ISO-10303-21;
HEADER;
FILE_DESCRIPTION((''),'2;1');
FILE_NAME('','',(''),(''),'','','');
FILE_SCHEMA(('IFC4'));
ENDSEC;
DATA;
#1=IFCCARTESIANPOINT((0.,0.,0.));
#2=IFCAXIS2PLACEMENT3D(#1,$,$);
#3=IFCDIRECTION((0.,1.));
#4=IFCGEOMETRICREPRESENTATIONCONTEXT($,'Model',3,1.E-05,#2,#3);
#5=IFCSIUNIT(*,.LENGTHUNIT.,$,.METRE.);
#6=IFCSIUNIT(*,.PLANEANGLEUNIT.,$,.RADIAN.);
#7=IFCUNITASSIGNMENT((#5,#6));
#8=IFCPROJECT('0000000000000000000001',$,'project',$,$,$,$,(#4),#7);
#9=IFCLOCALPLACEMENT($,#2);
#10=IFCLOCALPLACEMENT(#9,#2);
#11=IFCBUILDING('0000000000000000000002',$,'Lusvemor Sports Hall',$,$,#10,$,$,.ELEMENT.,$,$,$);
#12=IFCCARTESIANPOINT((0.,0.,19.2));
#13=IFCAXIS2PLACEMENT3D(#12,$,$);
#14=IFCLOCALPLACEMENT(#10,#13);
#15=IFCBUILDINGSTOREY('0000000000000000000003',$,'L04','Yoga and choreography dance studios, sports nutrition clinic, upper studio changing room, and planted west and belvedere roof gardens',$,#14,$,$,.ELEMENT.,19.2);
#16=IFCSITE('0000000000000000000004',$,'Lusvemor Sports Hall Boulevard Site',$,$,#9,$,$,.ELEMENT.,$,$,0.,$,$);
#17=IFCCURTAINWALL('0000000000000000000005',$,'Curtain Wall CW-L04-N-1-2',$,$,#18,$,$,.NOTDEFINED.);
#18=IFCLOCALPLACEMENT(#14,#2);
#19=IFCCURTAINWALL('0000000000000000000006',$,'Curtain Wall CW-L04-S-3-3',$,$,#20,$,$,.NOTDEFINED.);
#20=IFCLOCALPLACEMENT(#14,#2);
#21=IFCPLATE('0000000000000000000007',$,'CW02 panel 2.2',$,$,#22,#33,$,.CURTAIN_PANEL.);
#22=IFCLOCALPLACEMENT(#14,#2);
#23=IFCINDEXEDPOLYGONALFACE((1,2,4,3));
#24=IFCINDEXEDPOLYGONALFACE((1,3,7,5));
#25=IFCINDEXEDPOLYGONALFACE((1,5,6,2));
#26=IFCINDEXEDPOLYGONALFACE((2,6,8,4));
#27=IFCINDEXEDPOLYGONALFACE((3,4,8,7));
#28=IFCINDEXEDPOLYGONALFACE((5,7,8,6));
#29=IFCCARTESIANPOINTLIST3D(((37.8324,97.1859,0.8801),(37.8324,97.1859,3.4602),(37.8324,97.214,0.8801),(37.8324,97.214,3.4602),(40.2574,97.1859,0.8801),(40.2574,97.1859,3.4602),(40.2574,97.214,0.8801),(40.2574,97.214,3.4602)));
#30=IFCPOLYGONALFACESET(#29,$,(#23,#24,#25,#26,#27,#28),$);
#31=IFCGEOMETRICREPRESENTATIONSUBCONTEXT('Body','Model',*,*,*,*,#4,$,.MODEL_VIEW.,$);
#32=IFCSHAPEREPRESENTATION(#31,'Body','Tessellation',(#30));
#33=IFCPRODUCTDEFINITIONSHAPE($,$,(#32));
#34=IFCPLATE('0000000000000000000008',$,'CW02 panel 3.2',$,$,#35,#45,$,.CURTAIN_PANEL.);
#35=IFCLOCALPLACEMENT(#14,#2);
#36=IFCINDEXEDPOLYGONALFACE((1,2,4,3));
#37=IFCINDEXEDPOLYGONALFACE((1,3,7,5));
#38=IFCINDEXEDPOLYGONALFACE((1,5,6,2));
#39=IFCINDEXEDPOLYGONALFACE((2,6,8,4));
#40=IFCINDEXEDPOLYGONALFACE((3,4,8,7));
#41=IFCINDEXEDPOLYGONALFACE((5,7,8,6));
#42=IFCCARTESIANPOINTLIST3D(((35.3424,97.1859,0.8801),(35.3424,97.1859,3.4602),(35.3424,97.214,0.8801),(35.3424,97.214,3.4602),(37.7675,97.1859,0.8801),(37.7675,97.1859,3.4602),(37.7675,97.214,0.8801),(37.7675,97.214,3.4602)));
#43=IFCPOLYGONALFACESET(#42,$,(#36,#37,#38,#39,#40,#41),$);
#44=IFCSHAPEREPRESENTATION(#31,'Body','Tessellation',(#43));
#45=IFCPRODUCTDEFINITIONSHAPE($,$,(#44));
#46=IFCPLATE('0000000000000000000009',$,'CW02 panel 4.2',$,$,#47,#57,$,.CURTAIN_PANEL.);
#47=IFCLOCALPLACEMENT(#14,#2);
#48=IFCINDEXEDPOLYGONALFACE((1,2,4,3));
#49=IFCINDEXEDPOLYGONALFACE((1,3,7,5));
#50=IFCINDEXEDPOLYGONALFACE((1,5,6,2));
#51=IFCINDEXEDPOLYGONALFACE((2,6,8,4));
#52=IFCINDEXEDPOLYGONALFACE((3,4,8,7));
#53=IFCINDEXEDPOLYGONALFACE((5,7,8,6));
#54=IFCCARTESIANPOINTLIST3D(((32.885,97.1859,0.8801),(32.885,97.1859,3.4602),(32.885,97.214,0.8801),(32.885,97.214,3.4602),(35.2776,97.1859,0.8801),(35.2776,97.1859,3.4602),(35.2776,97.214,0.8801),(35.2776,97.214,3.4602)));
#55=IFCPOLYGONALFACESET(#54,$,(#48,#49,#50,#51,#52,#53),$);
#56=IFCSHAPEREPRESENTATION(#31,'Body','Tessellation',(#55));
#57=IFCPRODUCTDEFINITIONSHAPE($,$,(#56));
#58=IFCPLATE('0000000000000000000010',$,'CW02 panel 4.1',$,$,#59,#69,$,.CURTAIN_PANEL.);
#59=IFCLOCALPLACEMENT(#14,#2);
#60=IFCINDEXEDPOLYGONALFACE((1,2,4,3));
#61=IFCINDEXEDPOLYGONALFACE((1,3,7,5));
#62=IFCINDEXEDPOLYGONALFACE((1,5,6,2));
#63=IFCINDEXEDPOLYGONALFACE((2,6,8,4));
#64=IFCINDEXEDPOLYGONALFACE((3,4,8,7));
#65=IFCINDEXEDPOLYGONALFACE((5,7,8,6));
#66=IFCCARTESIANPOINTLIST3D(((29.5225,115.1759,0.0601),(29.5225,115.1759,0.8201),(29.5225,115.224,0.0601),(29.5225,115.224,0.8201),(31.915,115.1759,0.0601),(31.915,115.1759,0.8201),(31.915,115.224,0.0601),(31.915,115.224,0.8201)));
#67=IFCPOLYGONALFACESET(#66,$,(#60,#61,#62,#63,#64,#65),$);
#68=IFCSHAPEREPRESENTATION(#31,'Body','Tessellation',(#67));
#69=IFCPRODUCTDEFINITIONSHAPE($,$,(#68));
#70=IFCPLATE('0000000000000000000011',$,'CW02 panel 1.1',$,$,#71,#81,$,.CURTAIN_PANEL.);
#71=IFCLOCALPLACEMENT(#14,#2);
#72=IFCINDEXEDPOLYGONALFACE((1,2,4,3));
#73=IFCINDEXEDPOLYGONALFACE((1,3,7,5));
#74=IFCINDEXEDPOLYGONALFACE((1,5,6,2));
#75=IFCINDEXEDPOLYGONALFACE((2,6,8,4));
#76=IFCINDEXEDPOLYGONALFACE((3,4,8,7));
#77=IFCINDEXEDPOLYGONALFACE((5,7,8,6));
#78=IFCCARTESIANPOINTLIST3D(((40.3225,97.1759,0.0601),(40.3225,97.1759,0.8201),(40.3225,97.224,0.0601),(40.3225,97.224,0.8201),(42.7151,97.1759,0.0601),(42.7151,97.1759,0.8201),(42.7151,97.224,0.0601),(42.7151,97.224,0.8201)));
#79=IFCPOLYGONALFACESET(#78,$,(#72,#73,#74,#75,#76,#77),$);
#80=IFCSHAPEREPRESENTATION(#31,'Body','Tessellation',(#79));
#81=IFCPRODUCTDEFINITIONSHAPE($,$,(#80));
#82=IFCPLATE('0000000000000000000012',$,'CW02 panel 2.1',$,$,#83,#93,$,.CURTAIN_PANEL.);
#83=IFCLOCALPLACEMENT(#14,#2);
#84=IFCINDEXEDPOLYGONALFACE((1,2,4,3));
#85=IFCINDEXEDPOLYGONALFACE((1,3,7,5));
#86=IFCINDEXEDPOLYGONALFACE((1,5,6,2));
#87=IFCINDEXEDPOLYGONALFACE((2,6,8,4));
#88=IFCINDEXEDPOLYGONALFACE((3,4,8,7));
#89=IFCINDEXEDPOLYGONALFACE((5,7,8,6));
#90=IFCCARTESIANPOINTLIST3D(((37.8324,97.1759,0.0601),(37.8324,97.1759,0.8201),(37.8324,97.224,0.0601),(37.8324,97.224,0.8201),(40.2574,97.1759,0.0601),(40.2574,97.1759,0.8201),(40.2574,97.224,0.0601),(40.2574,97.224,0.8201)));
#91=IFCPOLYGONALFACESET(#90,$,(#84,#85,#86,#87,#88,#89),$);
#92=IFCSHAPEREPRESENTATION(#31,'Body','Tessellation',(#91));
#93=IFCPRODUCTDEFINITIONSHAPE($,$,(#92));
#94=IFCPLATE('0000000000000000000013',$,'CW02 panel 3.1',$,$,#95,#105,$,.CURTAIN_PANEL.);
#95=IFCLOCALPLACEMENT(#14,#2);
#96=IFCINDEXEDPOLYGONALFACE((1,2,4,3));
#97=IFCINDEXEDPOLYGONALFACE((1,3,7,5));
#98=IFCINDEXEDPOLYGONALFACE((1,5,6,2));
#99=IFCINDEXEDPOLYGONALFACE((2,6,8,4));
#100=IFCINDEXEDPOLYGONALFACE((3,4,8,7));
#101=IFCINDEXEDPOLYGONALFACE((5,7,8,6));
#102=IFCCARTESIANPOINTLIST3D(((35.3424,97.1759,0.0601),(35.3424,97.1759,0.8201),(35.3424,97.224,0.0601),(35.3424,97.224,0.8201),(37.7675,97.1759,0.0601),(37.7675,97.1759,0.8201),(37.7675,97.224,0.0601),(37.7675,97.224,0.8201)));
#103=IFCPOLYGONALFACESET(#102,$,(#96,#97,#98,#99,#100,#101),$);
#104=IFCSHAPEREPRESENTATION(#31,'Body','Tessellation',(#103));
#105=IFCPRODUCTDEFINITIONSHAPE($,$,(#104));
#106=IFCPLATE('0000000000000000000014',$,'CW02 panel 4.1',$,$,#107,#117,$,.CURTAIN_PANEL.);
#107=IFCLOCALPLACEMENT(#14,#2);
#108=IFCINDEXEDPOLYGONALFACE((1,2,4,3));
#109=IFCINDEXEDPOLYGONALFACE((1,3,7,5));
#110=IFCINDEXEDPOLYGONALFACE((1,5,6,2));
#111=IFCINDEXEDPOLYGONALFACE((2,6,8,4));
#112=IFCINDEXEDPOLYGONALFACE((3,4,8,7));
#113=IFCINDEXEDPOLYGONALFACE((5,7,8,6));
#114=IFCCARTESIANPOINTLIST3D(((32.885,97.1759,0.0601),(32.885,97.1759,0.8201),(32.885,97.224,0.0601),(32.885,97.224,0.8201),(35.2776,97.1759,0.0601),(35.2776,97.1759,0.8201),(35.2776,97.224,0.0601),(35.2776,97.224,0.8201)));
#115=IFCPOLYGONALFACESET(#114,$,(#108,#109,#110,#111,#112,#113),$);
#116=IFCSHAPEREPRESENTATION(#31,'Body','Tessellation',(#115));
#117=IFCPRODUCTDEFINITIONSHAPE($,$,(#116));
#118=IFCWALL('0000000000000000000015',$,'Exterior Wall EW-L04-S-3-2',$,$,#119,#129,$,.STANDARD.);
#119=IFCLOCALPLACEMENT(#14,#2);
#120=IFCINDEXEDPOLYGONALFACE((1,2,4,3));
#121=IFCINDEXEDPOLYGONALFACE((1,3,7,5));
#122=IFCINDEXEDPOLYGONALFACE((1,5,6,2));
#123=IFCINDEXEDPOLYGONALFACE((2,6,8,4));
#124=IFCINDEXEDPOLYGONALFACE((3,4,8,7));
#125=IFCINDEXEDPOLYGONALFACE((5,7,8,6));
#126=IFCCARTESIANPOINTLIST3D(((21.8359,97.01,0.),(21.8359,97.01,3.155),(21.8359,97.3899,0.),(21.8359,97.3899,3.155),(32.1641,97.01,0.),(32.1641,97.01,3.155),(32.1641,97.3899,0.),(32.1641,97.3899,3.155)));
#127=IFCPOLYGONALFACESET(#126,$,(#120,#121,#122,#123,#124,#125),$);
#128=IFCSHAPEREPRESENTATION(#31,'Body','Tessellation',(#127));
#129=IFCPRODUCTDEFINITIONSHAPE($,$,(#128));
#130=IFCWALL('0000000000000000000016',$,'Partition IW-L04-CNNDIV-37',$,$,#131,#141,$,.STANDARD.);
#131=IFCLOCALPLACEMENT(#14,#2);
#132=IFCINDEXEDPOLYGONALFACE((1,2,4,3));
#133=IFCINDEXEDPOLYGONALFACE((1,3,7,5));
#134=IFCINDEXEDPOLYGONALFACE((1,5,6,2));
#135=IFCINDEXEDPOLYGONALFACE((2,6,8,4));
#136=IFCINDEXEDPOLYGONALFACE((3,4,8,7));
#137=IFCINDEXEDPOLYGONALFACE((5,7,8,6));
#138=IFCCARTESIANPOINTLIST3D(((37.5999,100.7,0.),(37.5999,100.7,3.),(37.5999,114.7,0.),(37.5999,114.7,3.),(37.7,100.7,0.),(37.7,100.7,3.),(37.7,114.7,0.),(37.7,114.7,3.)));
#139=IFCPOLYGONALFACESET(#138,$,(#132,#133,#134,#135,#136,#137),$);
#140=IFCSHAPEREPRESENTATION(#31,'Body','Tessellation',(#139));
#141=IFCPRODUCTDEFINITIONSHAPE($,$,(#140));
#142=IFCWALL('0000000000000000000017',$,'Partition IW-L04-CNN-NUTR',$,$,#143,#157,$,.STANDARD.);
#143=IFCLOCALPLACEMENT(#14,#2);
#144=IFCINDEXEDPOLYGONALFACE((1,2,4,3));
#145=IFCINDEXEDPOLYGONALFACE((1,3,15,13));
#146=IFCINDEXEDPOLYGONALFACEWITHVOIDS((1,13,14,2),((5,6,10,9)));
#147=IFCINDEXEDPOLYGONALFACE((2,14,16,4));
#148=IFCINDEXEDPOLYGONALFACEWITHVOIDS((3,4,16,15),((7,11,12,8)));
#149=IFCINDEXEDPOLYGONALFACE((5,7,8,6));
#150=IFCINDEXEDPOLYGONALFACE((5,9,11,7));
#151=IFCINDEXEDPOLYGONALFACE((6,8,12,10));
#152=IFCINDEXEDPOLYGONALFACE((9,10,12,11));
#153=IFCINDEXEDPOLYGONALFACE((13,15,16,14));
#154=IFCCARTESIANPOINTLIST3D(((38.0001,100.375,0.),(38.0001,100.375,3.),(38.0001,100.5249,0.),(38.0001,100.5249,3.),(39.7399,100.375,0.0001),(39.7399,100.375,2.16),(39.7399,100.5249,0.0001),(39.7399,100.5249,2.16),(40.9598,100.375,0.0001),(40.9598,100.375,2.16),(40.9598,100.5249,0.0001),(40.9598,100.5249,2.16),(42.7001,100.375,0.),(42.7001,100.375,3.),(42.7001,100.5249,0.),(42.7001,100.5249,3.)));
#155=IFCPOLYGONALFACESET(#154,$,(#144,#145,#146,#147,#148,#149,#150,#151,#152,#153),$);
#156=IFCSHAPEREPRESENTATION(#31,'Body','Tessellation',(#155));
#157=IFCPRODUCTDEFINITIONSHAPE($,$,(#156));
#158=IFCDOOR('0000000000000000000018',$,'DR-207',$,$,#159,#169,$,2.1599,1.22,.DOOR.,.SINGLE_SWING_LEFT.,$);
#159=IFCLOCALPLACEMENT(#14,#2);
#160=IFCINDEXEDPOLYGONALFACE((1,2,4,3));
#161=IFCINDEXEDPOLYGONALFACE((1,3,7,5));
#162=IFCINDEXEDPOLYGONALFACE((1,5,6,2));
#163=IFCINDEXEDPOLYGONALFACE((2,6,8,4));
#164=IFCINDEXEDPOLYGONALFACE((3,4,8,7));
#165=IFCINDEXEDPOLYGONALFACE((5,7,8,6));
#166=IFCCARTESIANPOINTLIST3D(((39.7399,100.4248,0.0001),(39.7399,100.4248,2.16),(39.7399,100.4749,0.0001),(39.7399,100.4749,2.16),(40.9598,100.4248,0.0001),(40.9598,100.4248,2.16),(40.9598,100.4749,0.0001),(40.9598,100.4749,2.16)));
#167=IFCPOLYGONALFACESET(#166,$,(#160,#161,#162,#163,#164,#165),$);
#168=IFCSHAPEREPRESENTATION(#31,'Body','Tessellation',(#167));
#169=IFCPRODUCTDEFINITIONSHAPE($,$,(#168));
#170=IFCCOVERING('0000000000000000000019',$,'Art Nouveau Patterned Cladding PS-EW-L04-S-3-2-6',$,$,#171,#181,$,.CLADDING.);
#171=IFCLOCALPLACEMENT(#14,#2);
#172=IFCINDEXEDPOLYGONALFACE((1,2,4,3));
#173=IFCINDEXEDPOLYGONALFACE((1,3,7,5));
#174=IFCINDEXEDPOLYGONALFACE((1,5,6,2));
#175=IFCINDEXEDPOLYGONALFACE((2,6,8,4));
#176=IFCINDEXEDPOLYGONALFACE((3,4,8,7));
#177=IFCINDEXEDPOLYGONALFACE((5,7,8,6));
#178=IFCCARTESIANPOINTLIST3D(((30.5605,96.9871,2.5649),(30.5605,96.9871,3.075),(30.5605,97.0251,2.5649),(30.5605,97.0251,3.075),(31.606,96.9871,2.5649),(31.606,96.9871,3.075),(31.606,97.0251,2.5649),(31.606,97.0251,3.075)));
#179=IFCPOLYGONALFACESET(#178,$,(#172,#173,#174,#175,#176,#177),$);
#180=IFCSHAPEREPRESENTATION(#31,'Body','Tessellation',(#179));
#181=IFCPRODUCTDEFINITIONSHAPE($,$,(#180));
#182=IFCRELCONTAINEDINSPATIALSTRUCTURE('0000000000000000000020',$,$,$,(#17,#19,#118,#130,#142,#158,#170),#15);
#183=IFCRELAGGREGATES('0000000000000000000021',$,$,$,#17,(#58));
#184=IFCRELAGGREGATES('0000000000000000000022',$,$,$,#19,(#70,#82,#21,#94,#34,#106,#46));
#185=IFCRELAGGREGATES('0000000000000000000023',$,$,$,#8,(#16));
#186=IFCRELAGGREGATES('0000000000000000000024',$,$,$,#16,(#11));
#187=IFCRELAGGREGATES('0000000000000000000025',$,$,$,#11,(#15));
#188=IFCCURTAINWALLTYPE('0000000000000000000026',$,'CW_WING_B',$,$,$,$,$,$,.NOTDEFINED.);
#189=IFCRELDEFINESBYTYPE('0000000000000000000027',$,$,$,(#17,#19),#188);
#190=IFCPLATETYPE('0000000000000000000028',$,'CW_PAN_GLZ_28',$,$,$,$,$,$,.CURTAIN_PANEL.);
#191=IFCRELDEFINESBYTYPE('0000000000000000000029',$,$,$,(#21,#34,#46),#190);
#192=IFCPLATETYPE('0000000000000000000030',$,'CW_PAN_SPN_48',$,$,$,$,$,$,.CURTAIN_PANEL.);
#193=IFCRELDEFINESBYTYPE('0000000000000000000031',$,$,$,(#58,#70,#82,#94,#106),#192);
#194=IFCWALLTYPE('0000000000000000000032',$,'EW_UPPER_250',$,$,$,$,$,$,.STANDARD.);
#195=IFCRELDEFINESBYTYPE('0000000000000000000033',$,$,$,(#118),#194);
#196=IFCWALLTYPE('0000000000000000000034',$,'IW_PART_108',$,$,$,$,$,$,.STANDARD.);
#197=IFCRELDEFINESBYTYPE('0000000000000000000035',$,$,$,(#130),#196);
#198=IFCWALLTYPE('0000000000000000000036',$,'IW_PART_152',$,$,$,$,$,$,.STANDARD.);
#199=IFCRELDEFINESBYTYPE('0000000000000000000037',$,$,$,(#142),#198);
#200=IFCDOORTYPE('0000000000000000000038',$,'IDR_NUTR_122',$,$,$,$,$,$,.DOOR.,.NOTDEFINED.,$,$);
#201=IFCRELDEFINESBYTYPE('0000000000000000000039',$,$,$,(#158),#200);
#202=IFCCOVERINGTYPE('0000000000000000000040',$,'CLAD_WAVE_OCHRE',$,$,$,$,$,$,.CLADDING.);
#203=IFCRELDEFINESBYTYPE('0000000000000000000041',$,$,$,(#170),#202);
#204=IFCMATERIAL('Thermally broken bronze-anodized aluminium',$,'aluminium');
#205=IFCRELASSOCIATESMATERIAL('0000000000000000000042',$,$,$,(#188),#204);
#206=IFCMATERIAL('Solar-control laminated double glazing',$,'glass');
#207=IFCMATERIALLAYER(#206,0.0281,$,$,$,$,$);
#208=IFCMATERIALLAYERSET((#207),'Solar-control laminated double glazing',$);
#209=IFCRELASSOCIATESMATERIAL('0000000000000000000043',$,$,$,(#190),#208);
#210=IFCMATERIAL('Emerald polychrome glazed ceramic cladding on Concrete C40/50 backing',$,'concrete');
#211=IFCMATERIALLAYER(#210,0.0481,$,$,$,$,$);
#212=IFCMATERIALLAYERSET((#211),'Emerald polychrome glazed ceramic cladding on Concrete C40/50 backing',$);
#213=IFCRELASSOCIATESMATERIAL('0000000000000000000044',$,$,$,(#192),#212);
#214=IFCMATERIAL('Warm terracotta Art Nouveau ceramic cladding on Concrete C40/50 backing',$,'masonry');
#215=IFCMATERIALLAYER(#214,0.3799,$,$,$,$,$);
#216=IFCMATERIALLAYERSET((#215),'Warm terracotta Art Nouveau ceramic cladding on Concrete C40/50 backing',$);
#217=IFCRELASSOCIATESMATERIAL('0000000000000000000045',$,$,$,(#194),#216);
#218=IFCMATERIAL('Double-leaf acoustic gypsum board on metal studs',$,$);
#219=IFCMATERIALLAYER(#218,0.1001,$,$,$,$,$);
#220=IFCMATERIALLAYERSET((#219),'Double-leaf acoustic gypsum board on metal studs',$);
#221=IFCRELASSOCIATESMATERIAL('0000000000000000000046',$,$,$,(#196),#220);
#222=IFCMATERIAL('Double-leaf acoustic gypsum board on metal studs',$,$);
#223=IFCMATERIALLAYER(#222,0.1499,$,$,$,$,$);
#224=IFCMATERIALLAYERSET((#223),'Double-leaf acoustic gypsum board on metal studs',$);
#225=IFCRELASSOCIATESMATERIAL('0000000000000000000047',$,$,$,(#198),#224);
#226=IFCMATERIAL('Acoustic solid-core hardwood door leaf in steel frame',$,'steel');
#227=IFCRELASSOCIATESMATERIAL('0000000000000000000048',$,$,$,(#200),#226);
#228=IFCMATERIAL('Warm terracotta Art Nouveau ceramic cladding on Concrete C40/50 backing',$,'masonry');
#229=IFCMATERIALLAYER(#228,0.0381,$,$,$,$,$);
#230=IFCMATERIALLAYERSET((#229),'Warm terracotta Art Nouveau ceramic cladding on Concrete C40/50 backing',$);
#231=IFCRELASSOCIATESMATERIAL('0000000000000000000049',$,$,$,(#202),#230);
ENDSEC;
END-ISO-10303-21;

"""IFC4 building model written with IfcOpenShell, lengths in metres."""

from ifc_helpers import new_model, si_unit, direction, frame, frame_2d, origin, origin_2d, place, context, subcontext, project, spatial, rectangle, extrude, material, layer, layer_set, type_object, element, fill, aggregate, save


model = new_model("IFC4")

# Units and contexts
model_context = context("Model", 3, precision=1e-05, world=origin(), true_north=direction((0.0, 1.0)))
body_context = subcontext(model_context, "Body", "Model", "MODEL_VIEW")
ifc_project = project(units=[si_unit("LENGTHUNIT", "METRE"), si_unit("PLANEANGLEUNIT", "RADIAN")], contexts=[model_context])

# Site, building, storey
site_placement = place(None, origin())
site = spatial("IfcSite", under=ifc_project, at=site_placement, Name="Lusvemor Sports Hall Boulevard Site", CompositionType="ELEMENT", RefElevation=0.0)
building_placement = place(site_placement, origin())
building = spatial("IfcBuilding", under=site, at=building_placement, Name="Lusvemor Sports Hall", CompositionType="ELEMENT")
storey_placement = place(building_placement, frame((0.0, 0.0, 19.2)))
storey = spatial("IfcBuildingStorey", under=building, at=storey_placement, Name="L04", Description="Yoga and choreography dance studios, sports nutrition clinic, upper studio changing room, and planted west and belvedere roof gardens", CompositionType="ELEMENT", Elevation=19.2)

# Curtain wall
ifc_material_1 = material(Name="Thermally broken bronze-anodized aluminium", Category="aluminium")
curtain_wall_type = type_object("IfcCurtainWallType", Name="CW_WING_B", PredefinedType="NOTDEFINED", material=ifc_material_1)
curtain_wall_1_placement = place(storey_placement, origin())
curtain_wall_1 = element("IfcCurtainWall", 1, at=curtain_wall_1_placement, inside=storey, type_object=curtain_wall_type, Name="Curtain Wall CW-L04-N-1-2", PredefinedType="NOTDEFINED")

# Curtain wall
curtain_wall_2_placement = place(storey_placement, origin())
curtain_wall_2 = element("IfcCurtainWall", 2, at=curtain_wall_2_placement, inside=storey, type_object=curtain_wall_type, Name="Curtain Wall CW-L04-S-3-3", PredefinedType="NOTDEFINED")

# Plates
ifc_material_2 = material(Name="Solar-control laminated double glazing", Category="glass")
ifc_layer_1 = layer(ifc_material_2, 0.0281)
ifc_layer_set_1 = layer_set([ifc_layer_1], Name="Solar-control laminated double glazing")
plate_type_1 = type_object("IfcPlateType", Name="CW_PAN_GLZ_28", PredefinedType="CURTAIN_PANEL", material=ifc_layer_set_1)
plate_1_placement = place(storey_placement, frame((39.0449, 97.2, 0.8801), z_axis=(0.0, 0.0, 1.0), x_axis=(-1.0, 0.0, 0.0)))
plate_1 = element("IfcPlate", 3, at=plate_1_placement, type_object=plate_type_1, Name="CW02 panel 2.2", PredefinedType="CURTAIN_PANEL", context=body_context, shape_type="SweptSolid", body=[
    extrude(rectangle(XDim=2.425, YDim=0.0281, at=origin_2d()), origin(), (0.0, 0.0, 1.0), 2.5801),
])
plate_2_placement = place(storey_placement, frame((36.5549, 97.2, 0.8801), z_axis=(0.0, 0.0, 1.0), x_axis=(-1.0, 0.0, 0.0)))
plate_2 = element("IfcPlate", 4, at=plate_2_placement, type_object=plate_type_1, Name="CW02 panel 3.2", PredefinedType="CURTAIN_PANEL", context=body_context, shape_type="SweptSolid", body=[
    extrude(rectangle(XDim=2.425, YDim=0.0281, at=origin_2d()), origin(), (0.0, 0.0, 1.0), 2.5801),
])
plate_3_placement = place(storey_placement, frame((34.0813, 97.2, 0.8801), z_axis=(0.0, 0.0, 1.0), x_axis=(-1.0, 0.0, 0.0)))
plate_3 = element("IfcPlate", 5, at=plate_3_placement, type_object=plate_type_1, Name="CW02 panel 4.2", PredefinedType="CURTAIN_PANEL", context=body_context, shape_type="SweptSolid", body=[
    extrude(rectangle(XDim=2.3926, YDim=0.0281, at=origin_2d()), origin(), (0.0, 0.0, 1.0), 2.5801),
])
ifc_material_3 = material(Name="Emerald polychrome glazed ceramic cladding on Concrete C40/50 backing", Category="concrete")
ifc_layer_2 = layer(ifc_material_3, 0.0481)
ifc_layer_set_2 = layer_set([ifc_layer_2], Name="Emerald polychrome glazed ceramic cladding on Concrete C40/50 backing")
plate_type_2 = type_object("IfcPlateType", Name="CW_PAN_SPN_48", PredefinedType="CURTAIN_PANEL", material=ifc_layer_set_2)
plate_4_placement = place(storey_placement, frame((30.7188, 115.2, 0.0601), z_axis=(0.0, 0.0, 1.0), x_axis=(1.0, 0.0, 0.0)))
plate_4 = element("IfcPlate", 6, at=plate_4_placement, type_object=plate_type_2, Name="CW02 panel 4.1", PredefinedType="CURTAIN_PANEL", context=body_context, shape_type="SweptSolid", body=[
    extrude(rectangle(XDim=2.3926, YDim=0.0481, at=origin_2d()), origin(), (0.0, 0.0, 1.0), 0.76),
])
aggregate(curtain_wall_1, [plate_4])
plate_5_placement = place(storey_placement, frame((41.5188, 97.2, 0.0601), z_axis=(0.0, 0.0, 1.0), x_axis=(-1.0, 0.0, 0.0)))
plate_5 = element("IfcPlate", 7, at=plate_5_placement, type_object=plate_type_2, Name="CW02 panel 1.1", PredefinedType="CURTAIN_PANEL", context=body_context, shape_type="SweptSolid", body=[
    extrude(rectangle(XDim=2.3926, YDim=0.0481, at=origin_2d()), origin(), (0.0, 0.0, 1.0), 0.76),
])
plate_6_placement = place(storey_placement, frame((39.0449, 97.2, 0.0601), z_axis=(0.0, 0.0, 1.0), x_axis=(-1.0, 0.0, 0.0)))
plate_6 = element("IfcPlate", 8, at=plate_6_placement, type_object=plate_type_2, Name="CW02 panel 2.1", PredefinedType="CURTAIN_PANEL", context=body_context, shape_type="SweptSolid", body=[
    extrude(rectangle(XDim=2.425, YDim=0.0481, at=origin_2d()), origin(), (0.0, 0.0, 1.0), 0.76),
])
plate_7_placement = place(storey_placement, frame((36.5549, 97.2, 0.0601), z_axis=(0.0, 0.0, 1.0), x_axis=(-1.0, 0.0, 0.0)))
plate_7 = element("IfcPlate", 9, at=plate_7_placement, type_object=plate_type_2, Name="CW02 panel 3.1", PredefinedType="CURTAIN_PANEL", context=body_context, shape_type="SweptSolid", body=[
    extrude(rectangle(XDim=2.425, YDim=0.0481, at=origin_2d()), origin(), (0.0, 0.0, 1.0), 0.76),
])
plate_8_placement = place(storey_placement, frame((34.0813, 97.2, 0.0601), z_axis=(0.0, 0.0, 1.0), x_axis=(-1.0, 0.0, 0.0)))
plate_8 = element("IfcPlate", 10, at=plate_8_placement, type_object=plate_type_2, Name="CW02 panel 4.1", PredefinedType="CURTAIN_PANEL", context=body_context, shape_type="SweptSolid", body=[
    extrude(rectangle(XDim=2.3926, YDim=0.0481, at=origin_2d()), origin(), (0.0, 0.0, 1.0), 0.76),
])
aggregate(curtain_wall_2, [plate_5, plate_6, plate_1, plate_7, plate_2, plate_8, plate_3])

# Walls
ifc_material_4 = material(Name="Warm terracotta Art Nouveau ceramic cladding on Concrete C40/50 backing", Category="masonry")
ifc_layer_3 = layer(ifc_material_4, 0.3799)
ifc_layer_set_3 = layer_set([ifc_layer_3], Name="Warm terracotta Art Nouveau ceramic cladding on Concrete C40/50 backing")
wall_type_1 = type_object("IfcWallType", Name="EW_UPPER_250", PredefinedType="STANDARD", material=ifc_layer_set_3)
wall_1_placement = place(storey_placement, frame((32.1641, 97.2, 0.0), z_axis=(0.0, 0.0, 1.0), x_axis=(-1.0, 0.0, 0.0)))
element("IfcWall", 11, at=wall_1_placement, inside=storey, type_object=wall_type_1, Name="Exterior Wall EW-L04-S-3-2", PredefinedType="STANDARD", context=body_context, shape_type="SweptSolid", body=[
    extrude(rectangle(XDim=10.3281, YDim=0.3799, at=frame_2d((5.1641, 0.0))), origin(), (0.0, 0.0, 1.0), 3.155),
])
ifc_material_5 = material(Name="Double-leaf acoustic gypsum board on metal studs")
ifc_layer_4 = layer(ifc_material_5, 0.1001)
ifc_layer_set_4 = layer_set([ifc_layer_4], Name="Double-leaf acoustic gypsum board on metal studs")
wall_type_2 = type_object("IfcWallType", Name="IW_PART_108", PredefinedType="STANDARD", material=ifc_layer_set_4)
wall_2_placement = place(storey_placement, frame((37.6499, 100.7, 0.0), z_axis=(0.0, 0.0, 1.0), x_axis=(0.0, 1.0, 0.0)))
element("IfcWall", 12, at=wall_2_placement, inside=storey, type_object=wall_type_2, Name="Partition IW-L04-CNNDIV-37", PredefinedType="STANDARD", context=body_context, shape_type="SweptSolid", body=[
    extrude(rectangle(XDim=14.0, YDim=0.1001, at=frame_2d((7.0, 0.0))), origin(), (0.0, 0.0, 1.0), 3.0),
])

# Wall, opening, door
ifc_material_6 = material(Name="Double-leaf acoustic gypsum board on metal studs")
ifc_layer_5 = layer(ifc_material_6, 0.1499)
ifc_layer_set_5 = layer_set([ifc_layer_5], Name="Double-leaf acoustic gypsum board on metal studs")
wall_type_3 = type_object("IfcWallType", Name="IW_PART_152", PredefinedType="STANDARD", material=ifc_layer_set_5)
wall_3_placement = place(storey_placement, frame((38.0, 100.45, 0.0), z_axis=(0.0, 0.0, 1.0), x_axis=(1.0, 0.0, 0.0)))
wall_3 = element("IfcWall", 13, at=wall_3_placement, inside=storey, type_object=wall_type_3, Name="Partition IW-L04-CNN-NUTR", PredefinedType="STANDARD", context=body_context, shape_type="SweptSolid", body=[
    extrude(rectangle(XDim=4.7, YDim=0.1499, at=frame_2d((2.3501, 0.0))), origin(), (0.0, 0.0, 1.0), 3.0),
])
opening_placement = place(wall_3_placement, frame((1.74, 0.0, 0.0)))
opening = element("IfcOpeningElement", 14, at=opening_placement, cuts=wall_3, PredefinedType="OPENING", context=body_context, shape_type="SweptSolid", body=[
    extrude(rectangle(XDim=1.22, YDim=2.1599, at=frame_2d((0.6099, 1.0801))), frame((0.0, 0.075, 0.0), z_axis=(0.0, -1.0, 0.0), x_axis=(1.0, 0.0, 0.0)), (0.0, 0.0, 1.0), 0.1499),
])
ifc_material_7 = material(Name="Acoustic solid-core hardwood door leaf in steel frame", Category="steel")
door_type = type_object("IfcDoorType", Name="IDR_NUTR_122", OperationType="NOTDEFINED", PredefinedType="DOOR", material=ifc_material_7)
door_placement = place(opening_placement, origin())
door = element("IfcDoor", 15, at=door_placement, inside=storey, type_object=door_type, Name="DR-207", OperationType="SINGLE_SWING_LEFT", OverallHeight=2.1599, OverallWidth=1.22, PredefinedType="DOOR", context=body_context, shape_type="SweptSolid", body=[
    extrude(rectangle(XDim=1.22, YDim=2.1599, at=frame_2d((0.6099, 1.0801))), frame((0.0, 0.0249, 0.0), z_axis=(0.0, -1.0, 0.0), x_axis=(1.0, 0.0, 0.0)), (0.0, 0.0, 1.0), 0.05),
])
fill(opening, door)

# Covering
ifc_material_8 = material(Name="Warm terracotta Art Nouveau ceramic cladding on Concrete C40/50 backing", Category="masonry")
ifc_layer_6 = layer(ifc_material_8, 0.0381)
ifc_layer_set_6 = layer_set([ifc_layer_6], Name="Warm terracotta Art Nouveau ceramic cladding on Concrete C40/50 backing")
covering_type = type_object("IfcCoveringType", Name="CLAD_WAVE_OCHRE", PredefinedType="CLADDING", material=ifc_layer_set_6)
covering_placement = place(storey_placement, frame((31.0833, 97.0061, 2.5649), z_axis=(0.0, 0.0, 1.0), x_axis=(1.0, 0.0, 0.0)))
element("IfcCovering", 16, at=covering_placement, inside=storey, type_object=covering_type, Name="Art Nouveau Patterned Cladding PS-EW-L04-S-3-2-6", PredefinedType="CLADDING", context=body_context, shape_type="SweptSolid", body=[
    extrude(rectangle(XDim=1.0454, YDim=0.0381, at=origin_2d()), origin(), (0.0, 0.0, 1.0), 0.51),
])

save(model, "model.ifc")
